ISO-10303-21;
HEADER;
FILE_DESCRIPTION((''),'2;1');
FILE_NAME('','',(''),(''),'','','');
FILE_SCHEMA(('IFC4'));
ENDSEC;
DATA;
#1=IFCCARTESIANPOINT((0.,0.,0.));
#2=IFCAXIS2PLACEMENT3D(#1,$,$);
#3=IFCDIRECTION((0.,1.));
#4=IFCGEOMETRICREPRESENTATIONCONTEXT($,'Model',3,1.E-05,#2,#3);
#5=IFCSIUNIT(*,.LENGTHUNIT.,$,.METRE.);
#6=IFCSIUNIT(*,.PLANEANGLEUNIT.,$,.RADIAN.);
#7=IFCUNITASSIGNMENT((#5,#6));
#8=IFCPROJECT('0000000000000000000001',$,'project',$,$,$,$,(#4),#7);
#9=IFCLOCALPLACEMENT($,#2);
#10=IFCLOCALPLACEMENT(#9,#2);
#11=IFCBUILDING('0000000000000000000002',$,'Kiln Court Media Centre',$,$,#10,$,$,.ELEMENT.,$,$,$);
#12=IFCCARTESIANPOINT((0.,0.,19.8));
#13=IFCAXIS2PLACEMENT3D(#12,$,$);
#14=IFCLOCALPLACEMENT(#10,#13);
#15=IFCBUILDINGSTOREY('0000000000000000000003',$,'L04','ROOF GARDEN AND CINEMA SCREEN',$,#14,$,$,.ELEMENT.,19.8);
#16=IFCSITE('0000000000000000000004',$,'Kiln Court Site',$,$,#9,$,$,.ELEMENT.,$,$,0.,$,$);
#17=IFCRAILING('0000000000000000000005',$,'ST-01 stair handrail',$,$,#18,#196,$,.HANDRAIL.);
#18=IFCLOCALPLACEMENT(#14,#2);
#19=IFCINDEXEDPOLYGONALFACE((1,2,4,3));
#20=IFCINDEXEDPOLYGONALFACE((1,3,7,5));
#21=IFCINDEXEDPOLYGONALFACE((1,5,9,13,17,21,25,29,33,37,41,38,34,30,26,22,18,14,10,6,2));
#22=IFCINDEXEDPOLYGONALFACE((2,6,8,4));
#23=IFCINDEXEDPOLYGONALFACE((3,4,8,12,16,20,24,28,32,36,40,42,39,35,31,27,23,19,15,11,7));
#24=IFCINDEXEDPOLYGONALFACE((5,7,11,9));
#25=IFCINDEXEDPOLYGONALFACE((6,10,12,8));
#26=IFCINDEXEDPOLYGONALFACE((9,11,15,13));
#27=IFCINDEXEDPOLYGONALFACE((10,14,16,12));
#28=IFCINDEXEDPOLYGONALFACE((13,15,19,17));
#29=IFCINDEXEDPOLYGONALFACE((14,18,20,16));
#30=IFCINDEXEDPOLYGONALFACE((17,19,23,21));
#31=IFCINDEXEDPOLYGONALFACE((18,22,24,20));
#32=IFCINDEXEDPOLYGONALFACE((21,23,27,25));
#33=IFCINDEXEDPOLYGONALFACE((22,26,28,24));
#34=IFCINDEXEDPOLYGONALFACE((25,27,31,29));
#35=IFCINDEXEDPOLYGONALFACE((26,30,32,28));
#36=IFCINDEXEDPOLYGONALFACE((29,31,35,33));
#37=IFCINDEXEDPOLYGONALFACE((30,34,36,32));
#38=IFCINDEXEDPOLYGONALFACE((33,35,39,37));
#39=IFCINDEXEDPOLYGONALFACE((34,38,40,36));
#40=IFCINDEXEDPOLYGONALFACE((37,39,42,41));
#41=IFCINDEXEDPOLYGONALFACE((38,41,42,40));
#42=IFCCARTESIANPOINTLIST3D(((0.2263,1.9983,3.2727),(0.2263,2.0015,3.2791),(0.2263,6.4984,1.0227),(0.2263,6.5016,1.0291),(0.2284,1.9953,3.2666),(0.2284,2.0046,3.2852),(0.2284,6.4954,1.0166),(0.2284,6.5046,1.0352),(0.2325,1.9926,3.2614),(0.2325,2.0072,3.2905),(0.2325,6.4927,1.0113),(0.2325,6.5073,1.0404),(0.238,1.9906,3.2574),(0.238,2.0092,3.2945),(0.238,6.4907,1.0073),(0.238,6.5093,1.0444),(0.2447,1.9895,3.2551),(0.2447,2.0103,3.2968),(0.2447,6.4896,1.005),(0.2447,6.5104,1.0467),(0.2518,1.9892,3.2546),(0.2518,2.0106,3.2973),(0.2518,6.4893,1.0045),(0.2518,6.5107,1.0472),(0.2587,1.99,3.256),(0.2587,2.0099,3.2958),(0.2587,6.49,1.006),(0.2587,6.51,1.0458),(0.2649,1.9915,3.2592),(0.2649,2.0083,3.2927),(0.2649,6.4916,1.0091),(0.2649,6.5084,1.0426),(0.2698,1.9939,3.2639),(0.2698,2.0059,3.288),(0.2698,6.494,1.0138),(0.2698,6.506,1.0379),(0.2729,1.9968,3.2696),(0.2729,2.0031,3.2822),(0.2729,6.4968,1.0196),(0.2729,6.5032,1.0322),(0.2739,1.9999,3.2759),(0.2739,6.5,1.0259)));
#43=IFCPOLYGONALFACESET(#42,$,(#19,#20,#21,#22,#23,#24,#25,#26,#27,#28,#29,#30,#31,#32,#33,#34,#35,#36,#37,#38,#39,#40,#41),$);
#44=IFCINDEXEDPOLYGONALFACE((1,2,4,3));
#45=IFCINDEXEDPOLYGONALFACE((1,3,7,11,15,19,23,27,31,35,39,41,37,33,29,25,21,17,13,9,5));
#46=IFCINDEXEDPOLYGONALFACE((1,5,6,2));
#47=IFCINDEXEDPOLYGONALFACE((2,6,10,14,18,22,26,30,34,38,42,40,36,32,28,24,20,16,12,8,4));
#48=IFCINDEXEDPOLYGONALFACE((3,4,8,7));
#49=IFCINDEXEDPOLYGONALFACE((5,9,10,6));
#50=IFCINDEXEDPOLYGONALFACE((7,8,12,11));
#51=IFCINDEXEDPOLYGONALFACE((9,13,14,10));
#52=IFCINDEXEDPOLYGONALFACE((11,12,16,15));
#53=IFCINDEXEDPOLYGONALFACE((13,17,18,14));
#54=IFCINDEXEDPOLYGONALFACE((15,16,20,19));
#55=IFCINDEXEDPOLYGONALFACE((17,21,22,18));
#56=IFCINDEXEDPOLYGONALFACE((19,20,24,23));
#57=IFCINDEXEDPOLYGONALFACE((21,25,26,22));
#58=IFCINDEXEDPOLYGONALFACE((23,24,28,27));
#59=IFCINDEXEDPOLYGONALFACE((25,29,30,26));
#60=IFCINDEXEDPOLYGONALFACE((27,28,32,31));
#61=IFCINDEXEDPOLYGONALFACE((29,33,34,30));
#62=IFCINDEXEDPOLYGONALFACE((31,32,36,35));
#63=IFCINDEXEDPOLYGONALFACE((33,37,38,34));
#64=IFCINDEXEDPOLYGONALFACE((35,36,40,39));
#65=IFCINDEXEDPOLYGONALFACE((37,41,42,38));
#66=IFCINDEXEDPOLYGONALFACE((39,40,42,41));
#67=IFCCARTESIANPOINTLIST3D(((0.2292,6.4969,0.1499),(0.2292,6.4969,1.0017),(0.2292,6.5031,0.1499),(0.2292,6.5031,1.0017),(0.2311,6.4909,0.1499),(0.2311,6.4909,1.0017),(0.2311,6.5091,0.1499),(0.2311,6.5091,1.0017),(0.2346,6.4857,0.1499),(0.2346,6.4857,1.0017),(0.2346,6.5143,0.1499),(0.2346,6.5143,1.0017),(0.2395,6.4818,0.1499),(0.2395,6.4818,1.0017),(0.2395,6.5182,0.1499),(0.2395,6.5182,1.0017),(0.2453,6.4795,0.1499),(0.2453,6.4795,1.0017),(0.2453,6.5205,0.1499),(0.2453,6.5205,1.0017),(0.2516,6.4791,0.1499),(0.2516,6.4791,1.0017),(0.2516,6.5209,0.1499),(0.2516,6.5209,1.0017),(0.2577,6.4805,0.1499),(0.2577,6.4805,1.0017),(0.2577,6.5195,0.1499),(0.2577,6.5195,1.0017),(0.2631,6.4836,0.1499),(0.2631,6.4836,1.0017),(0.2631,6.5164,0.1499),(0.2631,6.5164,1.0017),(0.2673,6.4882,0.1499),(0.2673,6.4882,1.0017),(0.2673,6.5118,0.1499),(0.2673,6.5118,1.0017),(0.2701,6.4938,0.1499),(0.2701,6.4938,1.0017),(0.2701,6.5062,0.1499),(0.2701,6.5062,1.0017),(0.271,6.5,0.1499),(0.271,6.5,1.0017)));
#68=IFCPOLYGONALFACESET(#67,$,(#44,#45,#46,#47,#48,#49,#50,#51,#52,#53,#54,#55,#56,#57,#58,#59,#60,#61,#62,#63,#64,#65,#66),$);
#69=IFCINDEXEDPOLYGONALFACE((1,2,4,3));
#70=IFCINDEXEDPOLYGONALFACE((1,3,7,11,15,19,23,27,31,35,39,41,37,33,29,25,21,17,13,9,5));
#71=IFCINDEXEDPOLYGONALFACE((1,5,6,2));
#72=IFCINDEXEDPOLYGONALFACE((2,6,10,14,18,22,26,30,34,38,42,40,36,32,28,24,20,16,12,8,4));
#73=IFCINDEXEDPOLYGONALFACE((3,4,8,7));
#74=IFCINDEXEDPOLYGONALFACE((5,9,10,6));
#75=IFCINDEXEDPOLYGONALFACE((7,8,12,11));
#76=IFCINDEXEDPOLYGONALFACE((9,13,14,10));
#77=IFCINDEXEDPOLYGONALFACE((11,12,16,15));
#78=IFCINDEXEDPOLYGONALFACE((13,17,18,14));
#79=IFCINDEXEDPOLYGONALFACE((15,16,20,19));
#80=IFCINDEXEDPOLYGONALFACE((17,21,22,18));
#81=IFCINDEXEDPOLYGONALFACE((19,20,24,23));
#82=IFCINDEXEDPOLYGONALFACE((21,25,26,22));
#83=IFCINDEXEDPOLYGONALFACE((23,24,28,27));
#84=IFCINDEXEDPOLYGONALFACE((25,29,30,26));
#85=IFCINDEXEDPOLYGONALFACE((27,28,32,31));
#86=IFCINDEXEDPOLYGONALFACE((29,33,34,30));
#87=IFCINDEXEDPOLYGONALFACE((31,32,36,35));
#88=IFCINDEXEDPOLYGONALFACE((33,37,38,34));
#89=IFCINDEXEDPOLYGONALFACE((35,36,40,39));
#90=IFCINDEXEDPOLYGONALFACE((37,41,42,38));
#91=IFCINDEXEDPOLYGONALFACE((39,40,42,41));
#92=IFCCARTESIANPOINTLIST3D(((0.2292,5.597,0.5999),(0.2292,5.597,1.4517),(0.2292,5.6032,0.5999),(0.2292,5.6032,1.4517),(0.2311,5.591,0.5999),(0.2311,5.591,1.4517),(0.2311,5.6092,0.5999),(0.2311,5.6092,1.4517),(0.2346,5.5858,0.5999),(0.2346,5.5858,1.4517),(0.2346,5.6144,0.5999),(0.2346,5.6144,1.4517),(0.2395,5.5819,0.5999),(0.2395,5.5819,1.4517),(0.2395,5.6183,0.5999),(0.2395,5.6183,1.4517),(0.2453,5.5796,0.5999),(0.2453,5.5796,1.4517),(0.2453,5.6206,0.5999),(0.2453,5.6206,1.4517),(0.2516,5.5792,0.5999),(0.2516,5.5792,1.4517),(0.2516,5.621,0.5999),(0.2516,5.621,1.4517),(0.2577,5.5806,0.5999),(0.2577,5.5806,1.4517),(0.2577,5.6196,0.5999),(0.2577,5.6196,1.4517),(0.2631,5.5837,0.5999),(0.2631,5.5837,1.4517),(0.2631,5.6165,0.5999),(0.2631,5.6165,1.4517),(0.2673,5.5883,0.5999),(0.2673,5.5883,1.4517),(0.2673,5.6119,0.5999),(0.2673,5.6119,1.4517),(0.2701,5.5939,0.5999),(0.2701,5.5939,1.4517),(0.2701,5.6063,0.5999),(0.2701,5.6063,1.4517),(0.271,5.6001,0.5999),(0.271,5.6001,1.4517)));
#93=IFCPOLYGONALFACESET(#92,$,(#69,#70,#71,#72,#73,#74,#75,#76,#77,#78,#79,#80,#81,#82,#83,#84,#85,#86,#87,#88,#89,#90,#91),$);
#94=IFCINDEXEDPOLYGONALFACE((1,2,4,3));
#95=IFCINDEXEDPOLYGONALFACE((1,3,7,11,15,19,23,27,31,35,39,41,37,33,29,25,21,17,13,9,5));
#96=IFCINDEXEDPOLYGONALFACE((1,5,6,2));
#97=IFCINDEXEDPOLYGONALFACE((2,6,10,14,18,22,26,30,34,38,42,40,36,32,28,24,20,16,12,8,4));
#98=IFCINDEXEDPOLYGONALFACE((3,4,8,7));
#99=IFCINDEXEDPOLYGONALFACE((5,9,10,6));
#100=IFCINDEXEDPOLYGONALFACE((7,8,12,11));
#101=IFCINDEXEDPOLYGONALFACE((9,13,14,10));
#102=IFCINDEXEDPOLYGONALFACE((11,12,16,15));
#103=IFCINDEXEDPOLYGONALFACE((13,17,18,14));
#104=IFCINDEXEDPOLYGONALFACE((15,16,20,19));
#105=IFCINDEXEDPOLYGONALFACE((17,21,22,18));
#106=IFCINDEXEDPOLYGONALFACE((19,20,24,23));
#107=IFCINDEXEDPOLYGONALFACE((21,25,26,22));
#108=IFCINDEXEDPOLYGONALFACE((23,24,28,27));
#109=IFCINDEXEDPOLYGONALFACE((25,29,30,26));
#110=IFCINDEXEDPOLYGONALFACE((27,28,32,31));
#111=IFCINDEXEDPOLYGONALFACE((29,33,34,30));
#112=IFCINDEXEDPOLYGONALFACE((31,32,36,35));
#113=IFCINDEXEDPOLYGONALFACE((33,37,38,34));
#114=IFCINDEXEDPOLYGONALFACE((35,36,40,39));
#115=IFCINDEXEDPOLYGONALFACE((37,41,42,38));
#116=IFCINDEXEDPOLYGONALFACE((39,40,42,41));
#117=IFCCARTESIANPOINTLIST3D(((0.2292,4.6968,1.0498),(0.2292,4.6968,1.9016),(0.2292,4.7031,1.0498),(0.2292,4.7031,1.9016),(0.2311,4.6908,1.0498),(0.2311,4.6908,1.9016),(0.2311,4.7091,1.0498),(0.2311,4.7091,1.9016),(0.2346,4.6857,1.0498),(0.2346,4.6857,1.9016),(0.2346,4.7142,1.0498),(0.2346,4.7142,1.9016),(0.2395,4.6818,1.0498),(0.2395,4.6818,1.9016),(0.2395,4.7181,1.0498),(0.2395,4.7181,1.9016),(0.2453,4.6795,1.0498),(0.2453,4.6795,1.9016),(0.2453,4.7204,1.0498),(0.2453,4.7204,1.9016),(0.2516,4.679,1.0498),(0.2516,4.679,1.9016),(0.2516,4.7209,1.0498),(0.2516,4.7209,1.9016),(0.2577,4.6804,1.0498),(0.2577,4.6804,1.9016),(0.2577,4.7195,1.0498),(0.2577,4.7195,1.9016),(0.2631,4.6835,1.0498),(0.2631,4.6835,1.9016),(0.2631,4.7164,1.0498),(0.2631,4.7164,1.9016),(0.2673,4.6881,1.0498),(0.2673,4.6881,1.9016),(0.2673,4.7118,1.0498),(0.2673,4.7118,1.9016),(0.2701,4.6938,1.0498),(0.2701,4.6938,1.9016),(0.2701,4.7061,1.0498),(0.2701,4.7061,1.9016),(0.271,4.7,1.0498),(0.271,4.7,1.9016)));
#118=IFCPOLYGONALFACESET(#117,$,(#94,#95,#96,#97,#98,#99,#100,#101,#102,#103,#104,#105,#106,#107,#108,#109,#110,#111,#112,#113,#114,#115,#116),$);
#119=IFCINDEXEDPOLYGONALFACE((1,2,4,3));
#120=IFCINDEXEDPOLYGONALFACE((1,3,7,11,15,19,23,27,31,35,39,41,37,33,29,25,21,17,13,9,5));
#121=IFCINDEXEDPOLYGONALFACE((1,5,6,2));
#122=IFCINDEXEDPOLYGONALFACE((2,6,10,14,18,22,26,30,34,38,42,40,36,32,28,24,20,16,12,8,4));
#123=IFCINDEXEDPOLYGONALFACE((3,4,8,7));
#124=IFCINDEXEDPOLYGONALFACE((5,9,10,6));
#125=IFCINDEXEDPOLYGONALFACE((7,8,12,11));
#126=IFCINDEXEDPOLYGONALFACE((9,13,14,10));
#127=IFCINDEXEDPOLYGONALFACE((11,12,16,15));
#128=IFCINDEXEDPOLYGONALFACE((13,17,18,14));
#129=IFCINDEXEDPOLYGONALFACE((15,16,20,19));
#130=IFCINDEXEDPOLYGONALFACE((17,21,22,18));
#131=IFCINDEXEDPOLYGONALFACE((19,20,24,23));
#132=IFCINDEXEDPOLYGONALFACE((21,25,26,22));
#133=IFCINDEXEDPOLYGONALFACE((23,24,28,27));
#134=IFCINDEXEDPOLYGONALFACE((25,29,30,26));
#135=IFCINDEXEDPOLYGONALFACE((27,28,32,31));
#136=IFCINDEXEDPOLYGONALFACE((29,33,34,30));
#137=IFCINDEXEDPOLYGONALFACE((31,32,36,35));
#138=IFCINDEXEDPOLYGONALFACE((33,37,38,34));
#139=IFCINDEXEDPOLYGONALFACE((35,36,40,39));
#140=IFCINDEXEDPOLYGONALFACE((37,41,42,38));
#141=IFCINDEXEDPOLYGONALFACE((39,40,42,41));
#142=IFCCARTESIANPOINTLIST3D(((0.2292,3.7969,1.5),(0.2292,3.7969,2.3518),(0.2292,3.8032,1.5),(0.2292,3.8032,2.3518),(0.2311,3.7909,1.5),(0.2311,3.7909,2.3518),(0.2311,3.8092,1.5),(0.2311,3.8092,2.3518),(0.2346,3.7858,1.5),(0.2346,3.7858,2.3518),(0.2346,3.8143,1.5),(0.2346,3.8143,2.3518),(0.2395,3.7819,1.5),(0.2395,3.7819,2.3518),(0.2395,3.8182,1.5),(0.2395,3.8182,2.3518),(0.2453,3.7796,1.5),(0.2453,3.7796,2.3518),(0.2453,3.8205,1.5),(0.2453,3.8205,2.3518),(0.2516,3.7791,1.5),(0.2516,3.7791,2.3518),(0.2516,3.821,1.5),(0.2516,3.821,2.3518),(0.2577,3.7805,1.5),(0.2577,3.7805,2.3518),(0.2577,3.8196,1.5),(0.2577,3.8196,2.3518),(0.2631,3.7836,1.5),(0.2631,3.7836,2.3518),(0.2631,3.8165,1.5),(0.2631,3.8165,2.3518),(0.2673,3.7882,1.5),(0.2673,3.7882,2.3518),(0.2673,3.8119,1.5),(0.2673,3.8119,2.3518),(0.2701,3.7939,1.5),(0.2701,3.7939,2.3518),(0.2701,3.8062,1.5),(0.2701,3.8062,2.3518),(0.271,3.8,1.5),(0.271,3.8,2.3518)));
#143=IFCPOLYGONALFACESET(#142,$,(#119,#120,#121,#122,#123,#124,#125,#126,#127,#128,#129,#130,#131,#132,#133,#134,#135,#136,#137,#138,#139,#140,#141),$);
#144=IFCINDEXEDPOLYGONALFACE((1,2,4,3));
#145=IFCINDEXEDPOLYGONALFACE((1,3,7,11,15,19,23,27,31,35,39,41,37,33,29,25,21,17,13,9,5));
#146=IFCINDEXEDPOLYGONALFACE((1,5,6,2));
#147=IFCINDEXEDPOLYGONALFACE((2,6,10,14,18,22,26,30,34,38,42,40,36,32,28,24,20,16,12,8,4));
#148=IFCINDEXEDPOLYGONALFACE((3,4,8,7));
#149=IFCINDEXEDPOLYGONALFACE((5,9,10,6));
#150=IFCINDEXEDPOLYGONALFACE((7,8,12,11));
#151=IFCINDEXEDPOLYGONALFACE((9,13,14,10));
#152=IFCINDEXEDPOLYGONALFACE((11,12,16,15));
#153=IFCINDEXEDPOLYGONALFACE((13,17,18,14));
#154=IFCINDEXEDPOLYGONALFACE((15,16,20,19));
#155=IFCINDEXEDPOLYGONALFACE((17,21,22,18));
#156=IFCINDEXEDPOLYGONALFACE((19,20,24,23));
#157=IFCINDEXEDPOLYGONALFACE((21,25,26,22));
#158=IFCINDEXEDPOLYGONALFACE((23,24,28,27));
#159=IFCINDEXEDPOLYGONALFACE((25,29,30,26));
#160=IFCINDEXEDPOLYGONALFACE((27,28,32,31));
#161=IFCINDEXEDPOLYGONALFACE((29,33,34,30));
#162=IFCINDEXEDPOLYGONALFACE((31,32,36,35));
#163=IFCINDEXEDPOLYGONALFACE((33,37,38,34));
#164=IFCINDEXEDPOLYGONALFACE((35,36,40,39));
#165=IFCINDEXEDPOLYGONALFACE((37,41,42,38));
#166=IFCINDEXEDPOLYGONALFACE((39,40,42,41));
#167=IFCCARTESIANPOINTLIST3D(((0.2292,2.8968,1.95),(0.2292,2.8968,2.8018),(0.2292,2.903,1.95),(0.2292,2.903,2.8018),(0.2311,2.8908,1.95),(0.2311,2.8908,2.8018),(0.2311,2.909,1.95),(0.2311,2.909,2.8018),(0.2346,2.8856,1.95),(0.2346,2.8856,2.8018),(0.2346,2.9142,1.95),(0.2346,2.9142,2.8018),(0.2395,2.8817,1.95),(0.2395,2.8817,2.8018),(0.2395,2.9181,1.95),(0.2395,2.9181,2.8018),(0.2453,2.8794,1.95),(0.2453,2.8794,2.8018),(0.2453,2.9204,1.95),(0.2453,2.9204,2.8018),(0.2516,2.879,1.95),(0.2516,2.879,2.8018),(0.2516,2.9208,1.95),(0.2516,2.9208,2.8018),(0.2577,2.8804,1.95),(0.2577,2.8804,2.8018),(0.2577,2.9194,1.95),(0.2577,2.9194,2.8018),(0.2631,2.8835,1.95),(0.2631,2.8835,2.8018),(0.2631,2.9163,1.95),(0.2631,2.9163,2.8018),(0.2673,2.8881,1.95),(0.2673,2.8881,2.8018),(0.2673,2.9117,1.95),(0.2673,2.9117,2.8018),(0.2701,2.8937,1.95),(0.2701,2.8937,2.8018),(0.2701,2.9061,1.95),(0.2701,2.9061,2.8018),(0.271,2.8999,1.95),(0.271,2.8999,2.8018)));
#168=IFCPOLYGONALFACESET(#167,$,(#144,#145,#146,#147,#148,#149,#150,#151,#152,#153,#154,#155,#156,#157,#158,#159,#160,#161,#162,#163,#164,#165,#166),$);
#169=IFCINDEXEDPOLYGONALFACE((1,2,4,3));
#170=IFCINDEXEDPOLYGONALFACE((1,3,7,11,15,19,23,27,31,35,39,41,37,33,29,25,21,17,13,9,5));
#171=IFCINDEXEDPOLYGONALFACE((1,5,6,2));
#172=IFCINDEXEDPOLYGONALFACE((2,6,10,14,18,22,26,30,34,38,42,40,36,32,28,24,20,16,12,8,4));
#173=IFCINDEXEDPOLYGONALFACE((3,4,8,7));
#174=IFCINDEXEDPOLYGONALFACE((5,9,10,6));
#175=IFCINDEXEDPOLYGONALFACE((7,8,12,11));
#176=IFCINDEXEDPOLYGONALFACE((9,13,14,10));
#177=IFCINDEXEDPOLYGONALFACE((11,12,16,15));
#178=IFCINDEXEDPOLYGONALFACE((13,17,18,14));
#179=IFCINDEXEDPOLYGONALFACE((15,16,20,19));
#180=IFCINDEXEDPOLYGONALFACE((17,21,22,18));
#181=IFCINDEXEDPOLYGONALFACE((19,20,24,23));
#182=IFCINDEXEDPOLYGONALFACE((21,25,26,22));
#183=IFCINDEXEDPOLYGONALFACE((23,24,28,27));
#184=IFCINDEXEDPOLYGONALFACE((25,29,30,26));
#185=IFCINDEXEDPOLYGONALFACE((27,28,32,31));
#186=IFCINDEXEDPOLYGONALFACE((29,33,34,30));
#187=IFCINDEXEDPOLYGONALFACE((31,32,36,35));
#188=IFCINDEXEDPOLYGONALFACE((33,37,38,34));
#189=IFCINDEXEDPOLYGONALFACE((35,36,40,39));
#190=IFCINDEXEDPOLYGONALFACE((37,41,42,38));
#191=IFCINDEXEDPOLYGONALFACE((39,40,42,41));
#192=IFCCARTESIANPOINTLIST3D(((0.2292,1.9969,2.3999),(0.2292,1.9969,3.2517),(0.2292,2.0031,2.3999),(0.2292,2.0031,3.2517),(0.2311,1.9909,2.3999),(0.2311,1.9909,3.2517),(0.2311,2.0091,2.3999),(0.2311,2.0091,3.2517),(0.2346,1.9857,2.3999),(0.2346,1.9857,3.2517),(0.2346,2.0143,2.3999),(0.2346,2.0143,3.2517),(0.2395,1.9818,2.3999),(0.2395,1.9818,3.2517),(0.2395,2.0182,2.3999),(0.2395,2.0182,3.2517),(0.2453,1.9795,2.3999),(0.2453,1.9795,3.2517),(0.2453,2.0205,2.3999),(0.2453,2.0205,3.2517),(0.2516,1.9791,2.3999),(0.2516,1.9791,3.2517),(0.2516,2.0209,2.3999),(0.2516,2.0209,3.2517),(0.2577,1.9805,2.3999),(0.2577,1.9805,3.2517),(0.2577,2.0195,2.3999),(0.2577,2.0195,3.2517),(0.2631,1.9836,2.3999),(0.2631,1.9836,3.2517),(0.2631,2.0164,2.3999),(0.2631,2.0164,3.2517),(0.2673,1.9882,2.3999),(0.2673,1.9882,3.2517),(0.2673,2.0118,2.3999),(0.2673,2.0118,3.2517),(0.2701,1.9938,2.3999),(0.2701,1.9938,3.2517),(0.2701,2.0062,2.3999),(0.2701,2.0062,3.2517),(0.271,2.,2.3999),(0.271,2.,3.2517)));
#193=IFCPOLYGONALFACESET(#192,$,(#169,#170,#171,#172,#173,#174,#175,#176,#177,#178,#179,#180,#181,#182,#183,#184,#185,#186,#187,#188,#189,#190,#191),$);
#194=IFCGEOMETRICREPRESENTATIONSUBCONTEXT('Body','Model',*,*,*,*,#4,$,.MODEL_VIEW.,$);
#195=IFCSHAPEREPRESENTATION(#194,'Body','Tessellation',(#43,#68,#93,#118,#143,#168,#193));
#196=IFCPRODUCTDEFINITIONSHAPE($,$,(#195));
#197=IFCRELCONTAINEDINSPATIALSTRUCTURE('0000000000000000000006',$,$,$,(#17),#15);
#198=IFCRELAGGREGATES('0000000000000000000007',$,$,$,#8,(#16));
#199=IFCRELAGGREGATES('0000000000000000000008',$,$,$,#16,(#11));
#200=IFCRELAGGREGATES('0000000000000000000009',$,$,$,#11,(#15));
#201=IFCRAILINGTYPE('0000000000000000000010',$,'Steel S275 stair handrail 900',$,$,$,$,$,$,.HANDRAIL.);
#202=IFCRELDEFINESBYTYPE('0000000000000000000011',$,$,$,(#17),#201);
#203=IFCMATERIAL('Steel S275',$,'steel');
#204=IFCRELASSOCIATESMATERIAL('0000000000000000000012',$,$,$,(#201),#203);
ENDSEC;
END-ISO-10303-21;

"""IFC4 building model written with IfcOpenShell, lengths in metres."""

from ifc_helpers import new_model, si_unit, direction, frame, origin, origin_2d, place, context, subcontext, project, spatial, circle, extrude, material, type_object, element, save


model = new_model("IFC4")

# Units and contexts
model_context = context("Model", 3, precision=1e-05, world=origin(), true_north=direction((0.0, 1.0)))
body_context = subcontext(model_context, "Body", "Model", "MODEL_VIEW")
ifc_project = project(units=[si_unit("LENGTHUNIT", "METRE"), si_unit("PLANEANGLEUNIT", "RADIAN")], contexts=[model_context])

# Site, building, storey
site_placement = place(None, origin())
site = spatial("IfcSite", under=ifc_project, at=site_placement, Name="Kiln Court Site", CompositionType="ELEMENT", RefElevation=0.0)
building_placement = place(site_placement, origin())
building = spatial("IfcBuilding", under=site, at=building_placement, Name="Kiln Court Media Centre", CompositionType="ELEMENT")
storey_placement = place(building_placement, frame((0.0, 0.0, 19.8)))
storey = spatial("IfcBuildingStorey", under=building, at=storey_placement, Name="L04", Description="ROOF GARDEN AND CINEMA SCREEN", CompositionType="ELEMENT", Elevation=19.8)

# Railing
ifc_material_1 = material(Name="Steel S275", Category="steel")
railing_type_1 = type_object("IfcRailingType", Name="Steel S275 stair handrail 900", PredefinedType="HANDRAIL", material=ifc_material_1)
railing_1_placement = place(storey_placement, frame((0.25, 6.5, 0.1499)))
element("IfcRailing", 1, at=railing_1_placement, inside=storey, type_object=railing_type_1, Name="ST-01 stair handrail", PredefinedType="HANDRAIL", context=body_context, shape_type="SweptSolid", body=[
    extrude(circle(Radius=0.0239, at=origin_2d()), frame((0.0, 0.0, 0.876), z_axis=(0.0, -0.894427, 0.447214), x_axis=(1.0, 0.0, 0.0)), (0.0, 0.0, 1.0), 5.0312),
    extrude(circle(Radius=0.021, at=origin_2d()), origin(), (0.0, 0.0, 1.0), 0.8518),
    extrude(circle(Radius=0.021, at=origin_2d()), frame((0.0, -0.8999, 0.45)), (0.0, 0.0, 1.0), 0.8518),
    extrude(circle(Radius=0.021, at=origin_2d()), frame((0.0, -1.8, 0.8999)), (0.0, 0.0, 1.0), 0.8518),
    extrude(circle(Radius=0.021, at=origin_2d()), frame((0.0, -2.7, 1.3501)), (0.0, 0.0, 1.0), 0.8518),
    extrude(circle(Radius=0.021, at=origin_2d()), frame((0.0, -3.6001, 1.8)), (0.0, 0.0, 1.0), 0.8518),
    extrude(circle(Radius=0.021, at=origin_2d()), frame((0.0, -4.5, 2.25)), (0.0, 0.0, 1.0), 0.8518),
])

save(model, "model.ifc")
